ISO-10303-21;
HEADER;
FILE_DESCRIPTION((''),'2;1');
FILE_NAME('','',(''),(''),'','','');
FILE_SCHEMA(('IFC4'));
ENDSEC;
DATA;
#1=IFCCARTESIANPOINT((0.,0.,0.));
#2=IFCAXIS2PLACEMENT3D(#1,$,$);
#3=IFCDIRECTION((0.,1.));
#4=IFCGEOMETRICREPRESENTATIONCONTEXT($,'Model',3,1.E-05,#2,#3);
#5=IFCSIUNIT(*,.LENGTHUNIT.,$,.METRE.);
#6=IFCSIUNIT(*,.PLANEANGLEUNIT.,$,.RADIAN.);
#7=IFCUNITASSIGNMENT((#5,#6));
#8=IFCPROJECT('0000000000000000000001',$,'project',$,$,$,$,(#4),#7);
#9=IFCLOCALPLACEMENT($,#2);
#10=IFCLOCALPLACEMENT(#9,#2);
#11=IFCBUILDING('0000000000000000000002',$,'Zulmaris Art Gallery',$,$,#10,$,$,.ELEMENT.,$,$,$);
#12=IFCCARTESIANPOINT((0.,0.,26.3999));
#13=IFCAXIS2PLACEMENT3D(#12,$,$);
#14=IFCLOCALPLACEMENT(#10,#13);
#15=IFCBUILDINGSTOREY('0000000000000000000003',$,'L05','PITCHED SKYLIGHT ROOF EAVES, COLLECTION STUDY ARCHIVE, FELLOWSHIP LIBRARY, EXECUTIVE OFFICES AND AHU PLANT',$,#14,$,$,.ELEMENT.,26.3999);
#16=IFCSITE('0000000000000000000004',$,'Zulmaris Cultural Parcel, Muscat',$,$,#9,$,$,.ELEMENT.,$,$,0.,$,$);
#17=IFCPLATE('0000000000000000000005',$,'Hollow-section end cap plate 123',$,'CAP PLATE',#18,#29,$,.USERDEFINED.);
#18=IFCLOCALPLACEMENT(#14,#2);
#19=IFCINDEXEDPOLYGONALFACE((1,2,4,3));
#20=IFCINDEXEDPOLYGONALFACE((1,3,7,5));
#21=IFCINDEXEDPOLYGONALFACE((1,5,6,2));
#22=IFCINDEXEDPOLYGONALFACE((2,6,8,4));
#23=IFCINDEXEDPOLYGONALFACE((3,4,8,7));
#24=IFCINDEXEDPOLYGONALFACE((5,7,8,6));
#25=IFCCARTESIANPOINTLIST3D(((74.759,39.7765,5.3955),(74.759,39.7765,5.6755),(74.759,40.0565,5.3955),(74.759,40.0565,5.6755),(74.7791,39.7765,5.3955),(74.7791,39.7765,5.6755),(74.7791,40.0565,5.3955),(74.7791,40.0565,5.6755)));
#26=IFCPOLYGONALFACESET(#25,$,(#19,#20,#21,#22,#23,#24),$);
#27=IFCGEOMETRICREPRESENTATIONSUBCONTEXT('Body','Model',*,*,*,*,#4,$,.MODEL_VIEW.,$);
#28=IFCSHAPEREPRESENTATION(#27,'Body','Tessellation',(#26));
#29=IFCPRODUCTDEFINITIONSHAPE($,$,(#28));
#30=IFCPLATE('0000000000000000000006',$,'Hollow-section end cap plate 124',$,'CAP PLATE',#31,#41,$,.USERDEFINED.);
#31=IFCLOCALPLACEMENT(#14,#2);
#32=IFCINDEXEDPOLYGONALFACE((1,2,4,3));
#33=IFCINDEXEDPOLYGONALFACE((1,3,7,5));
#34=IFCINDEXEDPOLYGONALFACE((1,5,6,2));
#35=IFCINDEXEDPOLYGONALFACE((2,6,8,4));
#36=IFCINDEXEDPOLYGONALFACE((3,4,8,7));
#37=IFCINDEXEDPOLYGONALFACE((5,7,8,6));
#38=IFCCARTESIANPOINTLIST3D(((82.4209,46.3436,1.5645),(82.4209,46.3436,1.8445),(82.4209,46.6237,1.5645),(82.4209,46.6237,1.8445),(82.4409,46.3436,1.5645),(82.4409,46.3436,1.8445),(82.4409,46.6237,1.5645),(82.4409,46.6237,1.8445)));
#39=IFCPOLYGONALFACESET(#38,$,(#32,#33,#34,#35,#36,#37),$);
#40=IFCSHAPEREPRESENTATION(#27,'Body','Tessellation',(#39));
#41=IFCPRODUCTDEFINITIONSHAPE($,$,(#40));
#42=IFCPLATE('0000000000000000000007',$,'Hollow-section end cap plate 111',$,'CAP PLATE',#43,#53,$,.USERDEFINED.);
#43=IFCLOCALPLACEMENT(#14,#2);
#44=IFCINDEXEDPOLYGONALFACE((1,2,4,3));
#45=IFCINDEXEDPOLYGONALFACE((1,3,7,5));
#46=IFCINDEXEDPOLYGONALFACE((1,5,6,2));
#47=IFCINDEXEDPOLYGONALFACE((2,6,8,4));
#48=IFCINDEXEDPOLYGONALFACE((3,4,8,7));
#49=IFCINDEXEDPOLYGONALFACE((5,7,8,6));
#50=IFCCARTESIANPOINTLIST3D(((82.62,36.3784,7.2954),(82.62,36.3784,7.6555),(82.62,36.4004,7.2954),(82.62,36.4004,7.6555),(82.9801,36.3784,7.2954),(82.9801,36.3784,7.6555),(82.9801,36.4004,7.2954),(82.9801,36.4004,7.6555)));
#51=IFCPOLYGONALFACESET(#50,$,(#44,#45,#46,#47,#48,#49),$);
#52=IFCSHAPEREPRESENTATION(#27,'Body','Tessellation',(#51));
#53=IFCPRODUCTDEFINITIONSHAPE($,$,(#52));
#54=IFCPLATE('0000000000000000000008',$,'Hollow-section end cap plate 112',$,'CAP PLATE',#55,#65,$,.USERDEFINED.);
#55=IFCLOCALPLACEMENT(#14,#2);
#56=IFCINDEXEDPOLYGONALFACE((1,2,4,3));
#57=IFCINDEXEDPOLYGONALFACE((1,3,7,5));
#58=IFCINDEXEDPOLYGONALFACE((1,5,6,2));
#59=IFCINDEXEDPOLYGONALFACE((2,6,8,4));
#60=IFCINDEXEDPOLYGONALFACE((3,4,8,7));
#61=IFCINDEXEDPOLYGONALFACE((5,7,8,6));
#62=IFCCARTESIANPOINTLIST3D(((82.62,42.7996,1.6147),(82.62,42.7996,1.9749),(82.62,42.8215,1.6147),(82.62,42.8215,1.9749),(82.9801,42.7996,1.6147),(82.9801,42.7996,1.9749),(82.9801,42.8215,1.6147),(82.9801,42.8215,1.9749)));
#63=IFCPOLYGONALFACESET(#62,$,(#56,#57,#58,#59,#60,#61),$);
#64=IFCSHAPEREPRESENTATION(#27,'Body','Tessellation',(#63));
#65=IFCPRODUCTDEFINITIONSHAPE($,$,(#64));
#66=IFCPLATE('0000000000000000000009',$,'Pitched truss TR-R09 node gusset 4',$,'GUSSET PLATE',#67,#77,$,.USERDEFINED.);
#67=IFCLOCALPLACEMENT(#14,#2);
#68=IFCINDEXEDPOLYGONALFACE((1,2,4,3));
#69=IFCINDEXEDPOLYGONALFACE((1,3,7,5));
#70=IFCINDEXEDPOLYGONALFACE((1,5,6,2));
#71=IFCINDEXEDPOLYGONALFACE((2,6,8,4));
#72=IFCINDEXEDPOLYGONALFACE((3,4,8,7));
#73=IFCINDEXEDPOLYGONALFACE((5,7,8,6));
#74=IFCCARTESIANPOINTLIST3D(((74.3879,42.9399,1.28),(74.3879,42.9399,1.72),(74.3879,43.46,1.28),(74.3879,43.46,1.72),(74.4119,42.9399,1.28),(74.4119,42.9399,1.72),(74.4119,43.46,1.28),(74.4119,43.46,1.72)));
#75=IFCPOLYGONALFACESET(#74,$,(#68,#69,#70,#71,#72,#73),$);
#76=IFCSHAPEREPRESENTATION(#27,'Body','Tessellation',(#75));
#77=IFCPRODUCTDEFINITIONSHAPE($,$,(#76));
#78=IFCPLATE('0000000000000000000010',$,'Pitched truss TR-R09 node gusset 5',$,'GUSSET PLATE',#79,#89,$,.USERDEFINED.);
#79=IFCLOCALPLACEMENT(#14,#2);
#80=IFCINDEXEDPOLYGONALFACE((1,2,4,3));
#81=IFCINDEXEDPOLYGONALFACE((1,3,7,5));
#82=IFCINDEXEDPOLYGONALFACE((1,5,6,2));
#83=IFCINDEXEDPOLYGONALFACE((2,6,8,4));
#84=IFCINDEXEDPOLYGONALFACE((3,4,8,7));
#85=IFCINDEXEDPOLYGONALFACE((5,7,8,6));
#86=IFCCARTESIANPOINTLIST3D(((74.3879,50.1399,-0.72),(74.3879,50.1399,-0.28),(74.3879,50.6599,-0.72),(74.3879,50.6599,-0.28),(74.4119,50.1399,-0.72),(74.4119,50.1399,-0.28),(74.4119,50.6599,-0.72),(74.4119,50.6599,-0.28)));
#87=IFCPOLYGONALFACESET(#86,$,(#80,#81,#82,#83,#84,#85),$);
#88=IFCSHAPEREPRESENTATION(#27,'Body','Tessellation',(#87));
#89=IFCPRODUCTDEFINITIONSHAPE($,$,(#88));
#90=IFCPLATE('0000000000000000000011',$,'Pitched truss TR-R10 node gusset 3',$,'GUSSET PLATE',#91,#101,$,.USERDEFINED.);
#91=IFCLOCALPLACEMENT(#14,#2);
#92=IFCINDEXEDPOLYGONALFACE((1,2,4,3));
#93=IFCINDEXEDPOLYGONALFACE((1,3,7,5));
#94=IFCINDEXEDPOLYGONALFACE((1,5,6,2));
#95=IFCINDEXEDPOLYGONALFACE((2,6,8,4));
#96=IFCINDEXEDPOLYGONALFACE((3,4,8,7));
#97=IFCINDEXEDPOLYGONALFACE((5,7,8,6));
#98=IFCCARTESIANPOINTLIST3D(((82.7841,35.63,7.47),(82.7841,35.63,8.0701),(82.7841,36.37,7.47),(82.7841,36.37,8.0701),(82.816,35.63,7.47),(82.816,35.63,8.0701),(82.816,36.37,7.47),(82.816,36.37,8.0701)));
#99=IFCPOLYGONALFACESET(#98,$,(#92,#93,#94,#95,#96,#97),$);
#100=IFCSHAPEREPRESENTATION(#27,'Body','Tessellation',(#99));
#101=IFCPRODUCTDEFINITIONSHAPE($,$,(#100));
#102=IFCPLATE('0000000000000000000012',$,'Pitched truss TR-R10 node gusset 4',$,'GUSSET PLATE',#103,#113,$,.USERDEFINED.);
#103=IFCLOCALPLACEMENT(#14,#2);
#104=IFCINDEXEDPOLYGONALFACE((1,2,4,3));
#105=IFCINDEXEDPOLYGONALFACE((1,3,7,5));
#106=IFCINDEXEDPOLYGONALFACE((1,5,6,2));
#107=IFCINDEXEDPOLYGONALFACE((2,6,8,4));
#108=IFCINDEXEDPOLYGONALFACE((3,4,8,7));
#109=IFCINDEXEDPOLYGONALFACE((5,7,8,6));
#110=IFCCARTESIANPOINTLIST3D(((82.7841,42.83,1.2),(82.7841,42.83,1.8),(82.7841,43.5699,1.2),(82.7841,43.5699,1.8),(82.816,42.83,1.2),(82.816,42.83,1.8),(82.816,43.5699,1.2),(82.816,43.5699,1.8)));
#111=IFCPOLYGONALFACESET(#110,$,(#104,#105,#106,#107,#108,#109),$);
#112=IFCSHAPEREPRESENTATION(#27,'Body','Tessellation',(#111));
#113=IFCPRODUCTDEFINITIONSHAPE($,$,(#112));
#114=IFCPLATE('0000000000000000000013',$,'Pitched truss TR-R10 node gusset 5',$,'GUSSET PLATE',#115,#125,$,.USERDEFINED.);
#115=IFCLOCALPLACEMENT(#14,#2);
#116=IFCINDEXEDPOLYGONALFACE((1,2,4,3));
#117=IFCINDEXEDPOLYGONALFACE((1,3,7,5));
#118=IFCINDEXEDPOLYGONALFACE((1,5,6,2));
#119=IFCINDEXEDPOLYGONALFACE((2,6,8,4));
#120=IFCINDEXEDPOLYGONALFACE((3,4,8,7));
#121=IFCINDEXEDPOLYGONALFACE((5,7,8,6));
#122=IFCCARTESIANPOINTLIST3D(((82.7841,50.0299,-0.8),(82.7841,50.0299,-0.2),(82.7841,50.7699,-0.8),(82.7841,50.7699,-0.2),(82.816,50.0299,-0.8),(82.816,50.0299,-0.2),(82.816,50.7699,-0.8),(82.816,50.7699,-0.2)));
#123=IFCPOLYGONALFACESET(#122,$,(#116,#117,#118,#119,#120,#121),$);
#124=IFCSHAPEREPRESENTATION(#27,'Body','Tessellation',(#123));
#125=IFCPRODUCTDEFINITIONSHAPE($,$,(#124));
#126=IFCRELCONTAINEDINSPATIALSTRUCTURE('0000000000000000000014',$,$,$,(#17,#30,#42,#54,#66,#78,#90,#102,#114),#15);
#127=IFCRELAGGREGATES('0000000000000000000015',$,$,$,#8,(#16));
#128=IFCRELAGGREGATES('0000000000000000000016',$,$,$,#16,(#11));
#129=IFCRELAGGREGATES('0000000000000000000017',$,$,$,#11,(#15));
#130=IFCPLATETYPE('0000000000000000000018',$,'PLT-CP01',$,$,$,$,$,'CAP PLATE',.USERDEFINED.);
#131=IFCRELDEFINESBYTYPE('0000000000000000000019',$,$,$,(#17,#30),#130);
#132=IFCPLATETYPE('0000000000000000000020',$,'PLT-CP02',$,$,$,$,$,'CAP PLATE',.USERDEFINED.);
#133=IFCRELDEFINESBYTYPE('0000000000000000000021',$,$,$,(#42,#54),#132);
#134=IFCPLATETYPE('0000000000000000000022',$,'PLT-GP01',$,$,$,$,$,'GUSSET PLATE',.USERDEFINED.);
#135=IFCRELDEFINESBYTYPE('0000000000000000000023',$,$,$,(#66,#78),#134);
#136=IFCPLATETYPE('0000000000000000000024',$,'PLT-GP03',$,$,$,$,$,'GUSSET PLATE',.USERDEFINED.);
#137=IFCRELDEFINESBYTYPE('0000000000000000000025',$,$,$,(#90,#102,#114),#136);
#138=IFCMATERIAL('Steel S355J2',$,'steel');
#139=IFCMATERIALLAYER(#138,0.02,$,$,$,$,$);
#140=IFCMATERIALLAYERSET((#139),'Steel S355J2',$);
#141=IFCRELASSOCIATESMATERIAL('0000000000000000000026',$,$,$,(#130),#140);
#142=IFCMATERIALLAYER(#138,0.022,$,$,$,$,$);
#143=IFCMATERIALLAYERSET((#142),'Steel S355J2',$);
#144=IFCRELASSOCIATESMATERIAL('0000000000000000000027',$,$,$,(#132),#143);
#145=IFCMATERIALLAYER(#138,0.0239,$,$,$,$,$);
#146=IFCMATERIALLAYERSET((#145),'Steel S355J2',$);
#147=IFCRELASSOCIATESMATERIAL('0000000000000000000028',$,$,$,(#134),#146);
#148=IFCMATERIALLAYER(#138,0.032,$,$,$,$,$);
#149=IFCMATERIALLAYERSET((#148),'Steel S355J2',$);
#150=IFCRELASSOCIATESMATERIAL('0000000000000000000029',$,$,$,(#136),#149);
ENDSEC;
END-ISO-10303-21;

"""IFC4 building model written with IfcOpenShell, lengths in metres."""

from ifc_helpers import new_model, si_unit, direction, frame, origin, origin_2d, place, context, subcontext, project, spatial, rectangle, extrude, material, layer, layer_set, type_object, element, save


model = new_model("IFC4")

# Units and contexts
model_context = context("Model", 3, precision=1e-05, world=origin(), true_north=direction((0.0, 1.0)))
body_context = subcontext(model_context, "Body", "Model", "MODEL_VIEW")
ifc_project = project(units=[si_unit("LENGTHUNIT", "METRE"), si_unit("PLANEANGLEUNIT", "RADIAN")], contexts=[model_context])

# Site, building, storey
site_placement = place(None, origin())
site = spatial("IfcSite", under=ifc_project, at=site_placement, Name="Zulmaris Cultural Parcel, Muscat", CompositionType="ELEMENT", RefElevation=0.0)
building_placement = place(site_placement, origin())
building = spatial("IfcBuilding", under=site, at=building_placement, Name="Zulmaris Art Gallery", CompositionType="ELEMENT")
storey_placement = place(building_placement, frame((0.0, 0.0, 26.3999)))
storey = spatial("IfcBuildingStorey", under=building, at=storey_placement, Name="L05", Description="PITCHED SKYLIGHT ROOF EAVES, COLLECTION STUDY ARCHIVE, FELLOWSHIP LIBRARY, EXECUTIVE OFFICES AND AHU PLANT", CompositionType="ELEMENT", Elevation=26.3999)

# Shared definitions
ifc_material_1 = material(Name="Steel S355J2", Category="steel")

# Plates
ifc_layer_1 = layer(ifc_material_1, 0.02)
ifc_layer_set_1 = layer_set([ifc_layer_1], Name="Steel S355J2")
plate_type_1 = type_object("IfcPlateType", Name="PLT-CP01", ElementType="CAP PLATE", PredefinedType="USERDEFINED", material=ifc_layer_set_1)
for number, where, z_axis, x_axis, name in (
    (1, (74.769, 39.9165, 5.3955), (0.0, 0.0, 1.0), (1.0, 0.0, 0.0), "Hollow-section end cap plate 123"),
    (2, (82.4309, 46.4836, 1.5645), (0.0, 0.0, 1.0), (1.0, 0.0, 0.0), "Hollow-section end cap plate 124"),
):
    element("IfcPlate", number, at=place(storey_placement, frame(where, z_axis=z_axis, x_axis=x_axis)), inside=storey, type_object=plate_type_1, Name=name, ObjectType="CAP PLATE", PredefinedType="USERDEFINED", context=body_context, shape_type="SweptSolid", body=[
        extrude(rectangle(XDim=0.02, YDim=0.28, at=origin_2d()), origin(), (0.0, 0.0, 1.0), 0.28),
    ])
ifc_layer_2 = layer(ifc_material_1, 0.022)
ifc_layer_set_2 = layer_set([ifc_layer_2], Name="Steel S355J2")
plate_type_2 = type_object("IfcPlateType", Name="PLT-CP02", ElementType="CAP PLATE", PredefinedType="USERDEFINED", material=ifc_layer_set_2)
for number, where, z_axis, x_axis, name in (
    (3, (82.8, 36.3894, 7.2954), (0.0, 0.0, 1.0), (1.0, 0.0, 0.0), "Hollow-section end cap plate 111"),
    (4, (82.8, 42.8105, 1.6147), (0.0, 0.0, 1.0), (1.0, 0.0, 0.0), "Hollow-section end cap plate 112"),
):
    element("IfcPlate", number, at=place(storey_placement, frame(where, z_axis=z_axis, x_axis=x_axis)), inside=storey, type_object=plate_type_2, Name=name, ObjectType="CAP PLATE", PredefinedType="USERDEFINED", context=body_context, shape_type="SweptSolid", body=[
        extrude(rectangle(XDim=0.3601, YDim=0.022, at=origin_2d()), origin(), (0.0, 0.0, 1.0), 0.3601),
    ])
ifc_layer_3 = layer(ifc_material_1, 0.0239)
ifc_layer_set_3 = layer_set([ifc_layer_3], Name="Steel S355J2")
plate_type_3 = type_object("IfcPlateType", Name="PLT-GP01", ElementType="GUSSET PLATE", PredefinedType="USERDEFINED", material=ifc_layer_set_3)
for number, where, z_axis, x_axis, name in (
    (5, (74.3999, 43.2, 1.28), (0.0, 0.0, 1.0), (1.0, 0.0, 0.0), "Pitched truss TR-R09 node gusset 4"),
    (6, (74.3999, 50.3999, -0.72), (0.0, 0.0, 1.0), (1.0, 0.0, 0.0), "Pitched truss TR-R09 node gusset 5"),
):
    element("IfcPlate", number, at=place(storey_placement, frame(where, z_axis=z_axis, x_axis=x_axis)), inside=storey, type_object=plate_type_3, Name=name, ObjectType="GUSSET PLATE", PredefinedType="USERDEFINED", context=body_context, shape_type="SweptSolid", body=[
        extrude(rectangle(XDim=0.0239, YDim=0.52, at=origin_2d()), origin(), (0.0, 0.0, 1.0), 0.4399),
    ])
ifc_layer_4 = layer(ifc_material_1, 0.032)
ifc_layer_set_4 = layer_set([ifc_layer_4], Name="Steel S355J2")
plate_type_4 = type_object("IfcPlateType", Name="PLT-GP03", ElementType="GUSSET PLATE", PredefinedType="USERDEFINED", material=ifc_layer_set_4)
for number, where, z_axis, x_axis, name in (
    (7, (82.8, 36.0, 7.47), (0.0, 0.0, 1.0), (1.0, 0.0, 0.0), "Pitched truss TR-R10 node gusset 3"),
    (8, (82.8, 43.2, 1.2), (0.0, 0.0, 1.0), (1.0, 0.0, 0.0), "Pitched truss TR-R10 node gusset 4"),
    (9, (82.8, 50.3999, -0.8), (0.0, 0.0, 1.0), (1.0, 0.0, 0.0), "Pitched truss TR-R10 node gusset 5"),
):
    element("IfcPlate", number, at=place(storey_placement, frame(where, z_axis=z_axis, x_axis=x_axis)), inside=storey, type_object=plate_type_4, Name=name, ObjectType="GUSSET PLATE", PredefinedType="USERDEFINED", context=body_context, shape_type="SweptSolid", body=[
        extrude(rectangle(XDim=0.032, YDim=0.74, at=origin_2d()), origin(), (0.0, 0.0, 1.0), 0.6001),
    ])

save(model, "model.ifc")
